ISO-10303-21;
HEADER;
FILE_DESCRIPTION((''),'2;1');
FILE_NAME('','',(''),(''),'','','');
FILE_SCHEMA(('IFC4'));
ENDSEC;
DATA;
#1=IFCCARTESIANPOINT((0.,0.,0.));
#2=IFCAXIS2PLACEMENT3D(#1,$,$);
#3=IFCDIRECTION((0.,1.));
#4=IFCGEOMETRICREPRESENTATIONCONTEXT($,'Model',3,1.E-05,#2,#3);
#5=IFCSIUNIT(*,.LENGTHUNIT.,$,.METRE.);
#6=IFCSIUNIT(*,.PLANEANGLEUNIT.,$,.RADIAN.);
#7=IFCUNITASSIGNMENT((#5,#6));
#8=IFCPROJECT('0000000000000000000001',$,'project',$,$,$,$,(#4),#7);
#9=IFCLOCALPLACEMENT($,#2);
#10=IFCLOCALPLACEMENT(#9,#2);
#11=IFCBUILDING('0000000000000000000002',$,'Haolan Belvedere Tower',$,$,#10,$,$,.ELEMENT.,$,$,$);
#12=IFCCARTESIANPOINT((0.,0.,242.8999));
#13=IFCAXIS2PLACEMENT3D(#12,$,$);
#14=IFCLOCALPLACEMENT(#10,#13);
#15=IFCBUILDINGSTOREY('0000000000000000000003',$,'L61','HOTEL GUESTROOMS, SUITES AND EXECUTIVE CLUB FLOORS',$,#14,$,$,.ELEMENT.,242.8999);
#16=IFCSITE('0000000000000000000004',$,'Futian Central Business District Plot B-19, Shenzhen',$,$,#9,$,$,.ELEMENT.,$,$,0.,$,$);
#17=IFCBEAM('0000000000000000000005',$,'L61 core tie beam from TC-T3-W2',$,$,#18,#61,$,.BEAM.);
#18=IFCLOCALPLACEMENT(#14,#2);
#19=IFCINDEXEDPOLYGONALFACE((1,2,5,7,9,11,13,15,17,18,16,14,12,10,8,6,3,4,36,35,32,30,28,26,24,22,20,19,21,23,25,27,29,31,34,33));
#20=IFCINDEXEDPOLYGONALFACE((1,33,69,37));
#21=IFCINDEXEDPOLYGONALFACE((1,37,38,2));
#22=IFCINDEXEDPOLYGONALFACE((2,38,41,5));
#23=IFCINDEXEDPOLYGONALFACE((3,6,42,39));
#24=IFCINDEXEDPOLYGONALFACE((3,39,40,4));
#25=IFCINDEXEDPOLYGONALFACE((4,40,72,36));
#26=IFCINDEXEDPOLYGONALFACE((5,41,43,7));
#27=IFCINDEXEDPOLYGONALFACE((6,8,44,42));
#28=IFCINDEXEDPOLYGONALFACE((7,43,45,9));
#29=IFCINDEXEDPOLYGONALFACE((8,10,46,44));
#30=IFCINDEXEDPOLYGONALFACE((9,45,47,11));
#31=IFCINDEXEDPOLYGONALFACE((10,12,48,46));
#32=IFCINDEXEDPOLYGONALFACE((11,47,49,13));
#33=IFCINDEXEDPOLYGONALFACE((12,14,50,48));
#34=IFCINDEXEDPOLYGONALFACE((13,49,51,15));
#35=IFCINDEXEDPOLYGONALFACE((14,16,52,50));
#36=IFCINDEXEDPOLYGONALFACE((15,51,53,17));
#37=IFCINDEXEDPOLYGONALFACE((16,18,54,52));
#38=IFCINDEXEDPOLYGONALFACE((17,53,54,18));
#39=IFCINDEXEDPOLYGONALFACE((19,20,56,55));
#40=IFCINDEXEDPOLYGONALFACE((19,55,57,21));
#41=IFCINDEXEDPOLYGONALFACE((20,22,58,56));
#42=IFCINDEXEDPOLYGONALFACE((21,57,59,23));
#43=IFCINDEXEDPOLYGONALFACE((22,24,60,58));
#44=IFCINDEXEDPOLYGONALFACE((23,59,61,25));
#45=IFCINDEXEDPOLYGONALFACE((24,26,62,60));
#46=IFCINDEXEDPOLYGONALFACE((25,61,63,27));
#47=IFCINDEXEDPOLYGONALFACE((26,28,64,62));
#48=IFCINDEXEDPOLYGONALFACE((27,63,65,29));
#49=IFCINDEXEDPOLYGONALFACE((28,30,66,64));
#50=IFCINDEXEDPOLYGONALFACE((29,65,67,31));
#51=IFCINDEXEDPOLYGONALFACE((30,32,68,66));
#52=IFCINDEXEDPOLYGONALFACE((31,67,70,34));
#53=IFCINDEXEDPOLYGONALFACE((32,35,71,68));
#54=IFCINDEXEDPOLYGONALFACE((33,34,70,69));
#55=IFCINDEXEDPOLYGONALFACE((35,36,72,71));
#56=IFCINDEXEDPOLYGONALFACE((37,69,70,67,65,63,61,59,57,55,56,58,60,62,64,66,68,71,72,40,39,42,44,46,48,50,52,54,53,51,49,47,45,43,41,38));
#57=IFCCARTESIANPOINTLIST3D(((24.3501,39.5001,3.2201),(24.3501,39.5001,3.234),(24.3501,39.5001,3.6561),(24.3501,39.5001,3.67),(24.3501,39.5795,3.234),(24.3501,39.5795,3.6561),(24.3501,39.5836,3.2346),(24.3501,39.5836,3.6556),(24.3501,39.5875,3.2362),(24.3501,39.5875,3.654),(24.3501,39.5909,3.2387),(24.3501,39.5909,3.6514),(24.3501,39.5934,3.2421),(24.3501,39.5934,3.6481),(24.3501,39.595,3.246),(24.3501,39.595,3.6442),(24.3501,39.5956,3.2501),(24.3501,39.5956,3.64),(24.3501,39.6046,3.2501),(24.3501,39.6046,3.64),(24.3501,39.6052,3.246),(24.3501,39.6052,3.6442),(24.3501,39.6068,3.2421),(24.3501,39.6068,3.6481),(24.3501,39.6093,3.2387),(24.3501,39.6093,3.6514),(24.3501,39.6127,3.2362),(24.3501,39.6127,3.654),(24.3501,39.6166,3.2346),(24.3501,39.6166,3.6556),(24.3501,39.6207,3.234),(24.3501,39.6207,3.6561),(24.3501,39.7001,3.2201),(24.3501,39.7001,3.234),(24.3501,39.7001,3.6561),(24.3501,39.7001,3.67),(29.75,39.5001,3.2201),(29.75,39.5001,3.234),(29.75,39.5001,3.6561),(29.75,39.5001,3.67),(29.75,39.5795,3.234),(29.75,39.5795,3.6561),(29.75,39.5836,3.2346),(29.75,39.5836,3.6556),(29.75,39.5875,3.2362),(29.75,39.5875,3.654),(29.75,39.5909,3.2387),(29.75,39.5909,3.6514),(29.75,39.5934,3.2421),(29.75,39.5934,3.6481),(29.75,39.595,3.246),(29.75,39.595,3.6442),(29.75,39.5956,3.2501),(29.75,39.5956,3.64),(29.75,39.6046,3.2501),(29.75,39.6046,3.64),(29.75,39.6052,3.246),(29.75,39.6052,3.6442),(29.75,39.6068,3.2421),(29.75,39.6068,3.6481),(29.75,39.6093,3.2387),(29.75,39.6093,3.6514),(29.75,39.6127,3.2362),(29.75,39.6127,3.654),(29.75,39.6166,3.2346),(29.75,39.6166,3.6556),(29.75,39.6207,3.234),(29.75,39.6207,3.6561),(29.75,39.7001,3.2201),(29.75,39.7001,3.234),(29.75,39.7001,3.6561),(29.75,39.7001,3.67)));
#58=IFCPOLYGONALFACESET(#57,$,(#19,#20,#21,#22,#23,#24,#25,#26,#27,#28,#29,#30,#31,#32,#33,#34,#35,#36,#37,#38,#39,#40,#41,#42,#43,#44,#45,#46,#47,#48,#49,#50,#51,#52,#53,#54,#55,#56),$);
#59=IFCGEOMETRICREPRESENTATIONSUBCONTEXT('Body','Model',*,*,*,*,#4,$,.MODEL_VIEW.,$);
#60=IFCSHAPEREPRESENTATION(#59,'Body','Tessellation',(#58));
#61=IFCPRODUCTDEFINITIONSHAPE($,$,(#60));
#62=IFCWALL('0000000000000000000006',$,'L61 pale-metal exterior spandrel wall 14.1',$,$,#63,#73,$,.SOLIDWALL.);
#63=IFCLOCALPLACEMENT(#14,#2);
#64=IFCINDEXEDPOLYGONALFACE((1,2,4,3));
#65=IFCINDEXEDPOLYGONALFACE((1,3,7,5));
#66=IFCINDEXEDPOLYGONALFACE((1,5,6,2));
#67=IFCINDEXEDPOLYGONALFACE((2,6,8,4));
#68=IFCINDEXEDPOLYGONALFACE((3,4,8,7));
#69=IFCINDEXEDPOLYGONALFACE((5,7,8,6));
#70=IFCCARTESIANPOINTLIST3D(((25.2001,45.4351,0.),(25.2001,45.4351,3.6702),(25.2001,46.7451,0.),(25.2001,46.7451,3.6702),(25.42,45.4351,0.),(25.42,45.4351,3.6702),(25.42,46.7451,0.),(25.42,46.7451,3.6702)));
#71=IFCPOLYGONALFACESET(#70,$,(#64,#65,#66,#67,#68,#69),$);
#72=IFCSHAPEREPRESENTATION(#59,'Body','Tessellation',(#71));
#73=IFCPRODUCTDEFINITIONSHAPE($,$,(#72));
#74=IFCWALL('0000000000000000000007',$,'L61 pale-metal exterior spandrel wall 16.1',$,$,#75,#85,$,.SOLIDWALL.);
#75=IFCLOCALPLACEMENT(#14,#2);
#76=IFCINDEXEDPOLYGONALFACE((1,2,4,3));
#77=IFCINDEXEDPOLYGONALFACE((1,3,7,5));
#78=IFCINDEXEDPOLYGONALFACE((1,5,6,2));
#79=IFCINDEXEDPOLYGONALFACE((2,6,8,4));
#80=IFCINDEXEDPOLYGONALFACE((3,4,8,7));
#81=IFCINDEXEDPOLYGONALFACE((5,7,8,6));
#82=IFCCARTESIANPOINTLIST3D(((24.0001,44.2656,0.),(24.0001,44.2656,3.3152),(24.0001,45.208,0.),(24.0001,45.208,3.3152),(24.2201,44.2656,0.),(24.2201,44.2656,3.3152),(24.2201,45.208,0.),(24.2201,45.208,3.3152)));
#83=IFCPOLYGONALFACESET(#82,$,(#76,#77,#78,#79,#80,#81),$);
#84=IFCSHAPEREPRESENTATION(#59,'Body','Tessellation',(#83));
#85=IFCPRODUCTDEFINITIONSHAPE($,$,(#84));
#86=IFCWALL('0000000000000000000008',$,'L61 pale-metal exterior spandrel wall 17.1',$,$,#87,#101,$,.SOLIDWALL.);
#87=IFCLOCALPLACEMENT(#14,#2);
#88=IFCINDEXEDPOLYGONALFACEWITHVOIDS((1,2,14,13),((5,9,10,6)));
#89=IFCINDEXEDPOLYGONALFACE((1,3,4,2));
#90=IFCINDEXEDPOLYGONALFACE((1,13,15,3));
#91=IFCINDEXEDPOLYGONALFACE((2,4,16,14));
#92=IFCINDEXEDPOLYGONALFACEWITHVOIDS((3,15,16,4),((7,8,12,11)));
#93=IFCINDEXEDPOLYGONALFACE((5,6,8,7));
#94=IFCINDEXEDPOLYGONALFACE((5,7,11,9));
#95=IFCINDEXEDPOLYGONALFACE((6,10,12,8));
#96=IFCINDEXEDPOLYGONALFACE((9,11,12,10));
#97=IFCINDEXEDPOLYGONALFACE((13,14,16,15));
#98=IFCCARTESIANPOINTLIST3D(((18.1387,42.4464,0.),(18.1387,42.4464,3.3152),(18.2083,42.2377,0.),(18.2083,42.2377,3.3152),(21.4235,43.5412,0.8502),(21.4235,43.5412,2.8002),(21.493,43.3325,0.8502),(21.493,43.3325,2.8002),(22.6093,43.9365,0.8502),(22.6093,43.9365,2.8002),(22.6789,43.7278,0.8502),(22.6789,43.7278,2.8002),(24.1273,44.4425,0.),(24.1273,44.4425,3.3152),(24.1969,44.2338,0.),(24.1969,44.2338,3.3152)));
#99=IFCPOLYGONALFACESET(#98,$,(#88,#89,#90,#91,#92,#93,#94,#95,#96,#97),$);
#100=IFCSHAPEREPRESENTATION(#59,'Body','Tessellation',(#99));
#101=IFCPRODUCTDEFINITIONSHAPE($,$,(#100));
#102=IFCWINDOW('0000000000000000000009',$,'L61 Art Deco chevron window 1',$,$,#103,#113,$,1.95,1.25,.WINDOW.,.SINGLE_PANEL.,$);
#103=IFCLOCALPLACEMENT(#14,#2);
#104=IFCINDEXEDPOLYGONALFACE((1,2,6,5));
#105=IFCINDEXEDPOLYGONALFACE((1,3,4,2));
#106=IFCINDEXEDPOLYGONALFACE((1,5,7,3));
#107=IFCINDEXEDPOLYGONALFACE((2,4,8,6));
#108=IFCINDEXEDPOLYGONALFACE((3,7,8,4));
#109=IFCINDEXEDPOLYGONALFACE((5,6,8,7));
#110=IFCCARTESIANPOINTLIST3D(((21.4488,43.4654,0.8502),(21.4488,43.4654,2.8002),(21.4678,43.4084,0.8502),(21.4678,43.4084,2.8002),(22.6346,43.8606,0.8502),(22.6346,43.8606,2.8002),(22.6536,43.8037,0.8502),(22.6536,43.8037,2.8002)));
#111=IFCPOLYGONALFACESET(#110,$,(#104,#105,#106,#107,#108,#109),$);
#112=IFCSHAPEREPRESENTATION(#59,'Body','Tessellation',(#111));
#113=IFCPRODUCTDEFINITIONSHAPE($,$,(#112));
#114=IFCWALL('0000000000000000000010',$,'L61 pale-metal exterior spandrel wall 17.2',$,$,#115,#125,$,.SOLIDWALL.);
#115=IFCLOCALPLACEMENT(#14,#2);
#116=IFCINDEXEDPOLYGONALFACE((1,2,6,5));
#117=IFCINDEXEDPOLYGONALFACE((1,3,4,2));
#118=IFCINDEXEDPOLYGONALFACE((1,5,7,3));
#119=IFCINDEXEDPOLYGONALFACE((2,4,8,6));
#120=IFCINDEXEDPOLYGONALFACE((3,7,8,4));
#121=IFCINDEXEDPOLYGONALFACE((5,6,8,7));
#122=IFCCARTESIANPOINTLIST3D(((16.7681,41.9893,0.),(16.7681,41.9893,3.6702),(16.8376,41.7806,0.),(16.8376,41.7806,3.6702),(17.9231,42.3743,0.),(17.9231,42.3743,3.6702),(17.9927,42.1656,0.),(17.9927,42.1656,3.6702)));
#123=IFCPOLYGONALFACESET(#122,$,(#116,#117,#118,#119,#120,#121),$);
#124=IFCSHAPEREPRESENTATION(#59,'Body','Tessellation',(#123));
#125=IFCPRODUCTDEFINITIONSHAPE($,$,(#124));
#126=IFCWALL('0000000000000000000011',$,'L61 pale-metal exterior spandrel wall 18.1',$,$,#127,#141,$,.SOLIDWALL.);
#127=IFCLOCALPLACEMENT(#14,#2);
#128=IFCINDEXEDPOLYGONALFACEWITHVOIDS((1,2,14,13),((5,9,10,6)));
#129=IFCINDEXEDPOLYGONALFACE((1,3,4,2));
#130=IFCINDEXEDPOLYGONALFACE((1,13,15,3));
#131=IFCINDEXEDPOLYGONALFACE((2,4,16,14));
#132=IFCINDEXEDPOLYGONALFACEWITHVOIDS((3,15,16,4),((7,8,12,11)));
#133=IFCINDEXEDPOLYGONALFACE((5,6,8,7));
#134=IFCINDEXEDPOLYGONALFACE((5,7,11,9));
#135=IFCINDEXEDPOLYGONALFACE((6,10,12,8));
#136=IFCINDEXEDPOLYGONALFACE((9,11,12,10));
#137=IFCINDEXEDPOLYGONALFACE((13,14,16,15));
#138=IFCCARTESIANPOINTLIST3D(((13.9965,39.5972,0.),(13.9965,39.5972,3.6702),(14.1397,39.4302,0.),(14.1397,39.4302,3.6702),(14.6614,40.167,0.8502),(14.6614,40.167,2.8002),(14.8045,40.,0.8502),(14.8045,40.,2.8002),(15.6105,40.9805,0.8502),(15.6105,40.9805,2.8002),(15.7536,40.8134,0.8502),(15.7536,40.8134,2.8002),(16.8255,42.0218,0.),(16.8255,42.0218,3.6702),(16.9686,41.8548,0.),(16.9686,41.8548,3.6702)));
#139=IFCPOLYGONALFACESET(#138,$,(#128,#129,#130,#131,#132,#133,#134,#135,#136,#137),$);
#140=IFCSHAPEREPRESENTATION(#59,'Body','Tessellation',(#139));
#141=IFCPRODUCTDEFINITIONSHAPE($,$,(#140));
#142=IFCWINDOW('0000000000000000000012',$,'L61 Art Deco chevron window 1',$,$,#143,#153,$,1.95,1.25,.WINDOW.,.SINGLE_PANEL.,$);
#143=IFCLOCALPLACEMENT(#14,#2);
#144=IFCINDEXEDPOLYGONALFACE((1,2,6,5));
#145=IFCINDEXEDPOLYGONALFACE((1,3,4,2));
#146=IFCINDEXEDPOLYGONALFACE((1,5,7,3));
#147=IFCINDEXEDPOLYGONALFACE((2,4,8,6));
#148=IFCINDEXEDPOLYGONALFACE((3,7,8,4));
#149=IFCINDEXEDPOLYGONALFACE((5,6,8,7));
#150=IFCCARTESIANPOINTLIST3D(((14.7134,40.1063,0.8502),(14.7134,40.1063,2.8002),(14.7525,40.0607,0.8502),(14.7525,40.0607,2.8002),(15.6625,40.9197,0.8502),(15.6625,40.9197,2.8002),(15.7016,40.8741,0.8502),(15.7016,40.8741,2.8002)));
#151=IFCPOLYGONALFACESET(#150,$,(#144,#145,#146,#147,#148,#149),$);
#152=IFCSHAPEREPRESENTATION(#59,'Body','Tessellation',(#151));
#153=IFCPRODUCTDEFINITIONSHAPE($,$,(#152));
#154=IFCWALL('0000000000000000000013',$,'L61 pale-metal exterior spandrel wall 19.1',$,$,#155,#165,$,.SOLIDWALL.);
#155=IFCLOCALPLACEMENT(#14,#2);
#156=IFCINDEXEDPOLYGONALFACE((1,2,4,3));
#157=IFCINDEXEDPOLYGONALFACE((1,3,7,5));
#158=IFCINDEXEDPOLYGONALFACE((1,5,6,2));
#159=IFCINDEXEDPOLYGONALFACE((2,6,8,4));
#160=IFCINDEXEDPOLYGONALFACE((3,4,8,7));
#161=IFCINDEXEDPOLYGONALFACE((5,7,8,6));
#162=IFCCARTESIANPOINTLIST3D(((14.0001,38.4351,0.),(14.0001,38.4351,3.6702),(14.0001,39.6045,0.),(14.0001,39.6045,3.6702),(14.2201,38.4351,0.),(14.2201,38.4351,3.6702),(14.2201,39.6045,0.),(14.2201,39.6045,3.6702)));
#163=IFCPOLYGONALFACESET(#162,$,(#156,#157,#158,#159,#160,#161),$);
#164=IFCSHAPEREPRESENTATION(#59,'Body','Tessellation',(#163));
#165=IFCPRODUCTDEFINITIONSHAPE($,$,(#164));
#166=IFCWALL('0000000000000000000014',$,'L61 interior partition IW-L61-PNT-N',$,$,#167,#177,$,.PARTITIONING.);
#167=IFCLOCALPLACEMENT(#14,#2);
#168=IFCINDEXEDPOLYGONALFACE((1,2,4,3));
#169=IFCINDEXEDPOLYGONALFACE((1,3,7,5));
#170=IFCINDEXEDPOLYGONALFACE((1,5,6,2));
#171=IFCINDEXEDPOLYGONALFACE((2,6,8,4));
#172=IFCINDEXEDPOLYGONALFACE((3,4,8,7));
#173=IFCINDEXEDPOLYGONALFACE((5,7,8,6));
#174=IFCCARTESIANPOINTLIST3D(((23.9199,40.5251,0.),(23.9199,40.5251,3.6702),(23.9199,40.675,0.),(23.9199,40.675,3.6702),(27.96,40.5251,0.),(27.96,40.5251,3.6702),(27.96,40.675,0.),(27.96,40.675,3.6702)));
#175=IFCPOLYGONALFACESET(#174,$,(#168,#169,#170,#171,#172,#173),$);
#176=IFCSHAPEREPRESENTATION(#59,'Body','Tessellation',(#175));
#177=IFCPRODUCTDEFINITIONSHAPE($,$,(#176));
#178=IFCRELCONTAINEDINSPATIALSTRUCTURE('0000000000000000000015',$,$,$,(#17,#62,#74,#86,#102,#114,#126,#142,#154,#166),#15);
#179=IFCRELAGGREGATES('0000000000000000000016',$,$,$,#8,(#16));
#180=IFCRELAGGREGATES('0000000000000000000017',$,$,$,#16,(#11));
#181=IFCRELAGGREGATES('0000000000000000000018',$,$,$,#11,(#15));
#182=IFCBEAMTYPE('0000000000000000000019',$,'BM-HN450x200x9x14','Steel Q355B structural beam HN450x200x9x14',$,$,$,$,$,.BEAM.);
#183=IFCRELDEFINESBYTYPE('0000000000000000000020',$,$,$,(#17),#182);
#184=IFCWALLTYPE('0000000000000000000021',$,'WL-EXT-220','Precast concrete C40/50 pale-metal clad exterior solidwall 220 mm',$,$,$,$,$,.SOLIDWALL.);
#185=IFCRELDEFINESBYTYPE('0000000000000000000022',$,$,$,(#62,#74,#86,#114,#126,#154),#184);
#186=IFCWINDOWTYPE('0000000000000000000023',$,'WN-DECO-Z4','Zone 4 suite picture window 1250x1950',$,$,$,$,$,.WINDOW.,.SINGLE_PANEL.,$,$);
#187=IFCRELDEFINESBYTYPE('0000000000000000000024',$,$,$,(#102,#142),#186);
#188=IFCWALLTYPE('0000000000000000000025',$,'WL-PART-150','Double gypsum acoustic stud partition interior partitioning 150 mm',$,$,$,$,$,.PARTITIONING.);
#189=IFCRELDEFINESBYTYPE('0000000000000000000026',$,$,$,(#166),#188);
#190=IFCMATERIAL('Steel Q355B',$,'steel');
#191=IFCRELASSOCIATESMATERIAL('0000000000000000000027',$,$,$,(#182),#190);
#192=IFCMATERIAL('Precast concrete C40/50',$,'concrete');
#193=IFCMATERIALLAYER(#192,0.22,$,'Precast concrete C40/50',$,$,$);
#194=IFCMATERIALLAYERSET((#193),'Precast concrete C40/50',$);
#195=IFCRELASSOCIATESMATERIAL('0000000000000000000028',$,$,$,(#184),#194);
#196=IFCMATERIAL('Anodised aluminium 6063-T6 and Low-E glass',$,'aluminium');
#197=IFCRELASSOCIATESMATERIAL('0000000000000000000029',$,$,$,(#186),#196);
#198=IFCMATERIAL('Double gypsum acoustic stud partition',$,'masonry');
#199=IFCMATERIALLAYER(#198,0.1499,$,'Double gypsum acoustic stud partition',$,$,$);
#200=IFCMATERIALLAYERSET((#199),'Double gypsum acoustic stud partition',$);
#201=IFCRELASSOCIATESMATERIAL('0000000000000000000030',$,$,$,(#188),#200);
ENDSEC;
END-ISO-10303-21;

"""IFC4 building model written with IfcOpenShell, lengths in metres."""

from ifc_helpers import new_model, si_unit, direction, frame, frame_2d, origin, origin_2d, place, context, subcontext, project, spatial, rectangle, i_section, extrude, material, layer, layer_set, material_profile, profile_set, type_object, element, fill, save


model = new_model("IFC4")

# Units and contexts
model_context = context("Model", 3, precision=1e-05, world=origin(), true_north=direction((0.0, 1.0)))
body_context = subcontext(model_context, "Body", "Model", "MODEL_VIEW")
ifc_project = project(units=[si_unit("LENGTHUNIT", "METRE"), si_unit("PLANEANGLEUNIT", "RADIAN")], contexts=[model_context])

# Site, building, storey
site_placement = place(None, origin())
site = spatial("IfcSite", under=ifc_project, at=site_placement, Name="Futian Central Business District Plot B-19, Shenzhen", CompositionType="ELEMENT", RefElevation=0.0)
building_placement = place(site_placement, origin())
building = spatial("IfcBuilding", under=site, at=building_placement, Name="Haolan Belvedere Tower", CompositionType="ELEMENT")
storey_placement = place(building_placement, frame((0.0, 0.0, 242.8999)))
storey = spatial("IfcBuildingStorey", under=building, at=storey_placement, Name="L61", Description="HOTEL GUESTROOMS, SUITES AND EXECUTIVE CLUB FLOORS", CompositionType="ELEMENT", Elevation=242.8999)

# Beam
ifc_material_1 = material(Name="Steel Q355B", Category="steel")
ifc_material_profile_1 = material_profile(ifc_material_1, i_section(OverallWidth=0.2, OverallDepth=0.45, WebThickness=0.009, FlangeThickness=0.0139, FilletRadius=0.0161, at=origin_2d()), Name="Steel Q355B")
ifc_profile_set_1 = profile_set([ifc_material_profile_1], Name="Steel Q355B")
beam_type_1 = type_object("IfcBeamType", Name="BM-HN450x200x9x14", Description="Steel Q355B structural beam HN450x200x9x14", PredefinedType="BEAM", material=ifc_profile_set_1)
beam_1_placement = place(storey_placement, frame((24.3501, 39.6001, 3.4451), z_axis=(1.0, 0.0, 0.0), x_axis=(0.0, 1.0, 0.0)))
element("IfcBeam", 1, at=beam_1_placement, inside=storey, type_object=beam_type_1, Name="L61 core tie beam from TC-T3-W2", PredefinedType="BEAM", context=body_context, shape_type="SweptSolid", body=[
    extrude(i_section(OverallWidth=0.2, OverallDepth=0.45, WebThickness=0.009, FlangeThickness=0.0139, FilletRadius=0.0161, at=origin_2d()), origin(), (0.0, 0.0, 1.0), 5.3999),
])

# Walls
ifc_material_2 = material(Name="Precast concrete C40/50", Category="concrete")
ifc_layer_1 = layer(ifc_material_2, 0.22, Name="Precast concrete C40/50")
ifc_layer_set_1 = layer_set([ifc_layer_1], Name="Precast concrete C40/50")
wall_type_1 = type_object("IfcWallType", Name="WL-EXT-220", Description="Precast concrete C40/50 pale-metal clad exterior solidwall 220 mm", PredefinedType="SOLIDWALL", material=ifc_layer_set_1)
wall_1_placement = place(storey_placement, frame((25.3101, 46.7451, 0.0), z_axis=(0.0, 0.0, 1.0), x_axis=(0.0, -1.0, 0.0)))
element("IfcWall", 2, at=wall_1_placement, inside=storey, type_object=wall_type_1, Name="L61 pale-metal exterior spandrel wall 14.1", PredefinedType="SOLIDWALL", context=body_context, shape_type="SweptSolid", body=[
    extrude(rectangle(XDim=1.3101, YDim=0.22, at=frame_2d((0.655, 0.0))), origin(), (0.0, 0.0, 1.0), 3.6702),
])
wall_2_placement = place(storey_placement, frame((24.1101, 45.208, 0.0), z_axis=(0.0, 0.0, 1.0), x_axis=(0.0, -1.0, 0.0)))
element("IfcWall", 3, at=wall_2_placement, inside=storey, type_object=wall_type_1, Name="L61 pale-metal exterior spandrel wall 16.1", PredefinedType="SOLIDWALL", context=body_context, shape_type="SweptSolid", body=[
    extrude(rectangle(XDim=0.9424, YDim=0.22, at=frame_2d((0.4712, 0.0))), origin(), (0.0, 0.0, 1.0), 3.3152),
])

# Wall, opening, window
wall_3_placement = place(storey_placement, frame((24.1621, 44.3381, 0.0), z_axis=(0.0, 0.0, 1.0), x_axis=(-0.948687, -0.316216, 0.0)))
wall_3 = element("IfcWall", 4, at=wall_3_placement, inside=storey, type_object=wall_type_1, Name="L61 pale-metal exterior spandrel wall 17.1", PredefinedType="SOLIDWALL", context=body_context, shape_type="SweptSolid", body=[
    extrude(rectangle(XDim=6.3125, YDim=0.22, at=frame_2d((3.1562, 0.0))), origin(), (0.0, 0.0, 1.0), 3.3152),
])
opening_1_placement = place(wall_3_placement, frame((1.6001, 0.0, 0.8501)))
opening_1 = element("IfcOpeningElement", 5, at=opening_1_placement, cuts=wall_3, PredefinedType="OPENING", context=body_context, shape_type="SweptSolid", body=[
    extrude(rectangle(XDim=1.25, YDim=1.95, at=frame_2d((0.625, 0.9751))), frame((0.0, 0.1199, 0.0), z_axis=(0.0, -1.0, 0.0), x_axis=(1.0, 0.0, 0.0)), (0.0, 0.0, 1.0), 0.24),
])
ifc_material_3 = material(Name="Anodised aluminium 6063-T6 and Low-E glass", Category="aluminium")
window_type = type_object("IfcWindowType", Name="WN-DECO-Z4", Description="Zone 4 suite picture window 1250x1950", PartitioningType="SINGLE_PANEL", PredefinedType="WINDOW", material=ifc_material_3)
window_1_placement = place(opening_1_placement, origin())
window_1 = element("IfcWindow", 6, at=window_1_placement, inside=storey, type_object=window_type, Name="L61 Art Deco chevron window 1", OverallHeight=1.95, OverallWidth=1.25, PartitioningType="SINGLE_PANEL", PredefinedType="WINDOW", context=body_context, shape_type="SweptSolid", body=[
    extrude(rectangle(XDim=1.25, YDim=1.95, at=frame_2d((0.625, 0.9751))), frame((0.0, 0.03, 0.0), z_axis=(0.0, -1.0, 0.0), x_axis=(1.0, 0.0, 0.0)), (0.0, 0.0, 1.0), 0.0601),
])
fill(opening_1, window_1)

# Wall
wall_4_placement = place(storey_placement, frame((17.958, 42.27, 0.0), z_axis=(0.0, 0.0, 1.0), x_axis=(-0.948683, -0.316228, 0.0)))
element("IfcWall", 7, at=wall_4_placement, inside=storey, type_object=wall_type_1, Name="L61 pale-metal exterior spandrel wall 17.2", PredefinedType="SOLIDWALL", context=body_context, shape_type="SweptSolid", body=[
    extrude(rectangle(XDim=1.2175, YDim=0.22, at=frame_2d((0.6089, 0.0))), origin(), (0.0, 0.0, 1.0), 3.6702),
])

# Wall, opening, window
wall_5_placement = place(storey_placement, frame((16.897, 41.9382, 0.0), z_axis=(0.0, 0.0, 1.0), x_axis=(-0.75928, -0.650764, 0.0)))
wall_5 = element("IfcWall", 8, at=wall_5_placement, inside=storey, type_object=wall_type_1, Name="L61 pale-metal exterior spandrel wall 18.1", PredefinedType="SOLIDWALL", context=body_context, shape_type="SweptSolid", body=[
    extrude(rectangle(XDim=3.7258, YDim=0.22, at=frame_2d((1.8628, 0.0))), origin(), (0.0, 0.0, 1.0), 3.6702),
])
opening_2_placement = place(wall_5_placement, frame((1.6001, 0.0, 0.8501)))
opening_2 = element("IfcOpeningElement", 9, at=opening_2_placement, cuts=wall_5, PredefinedType="OPENING", context=body_context, shape_type="SweptSolid", body=[
    extrude(rectangle(XDim=1.25, YDim=1.95, at=frame_2d((0.625, 0.9751))), frame((0.0, 0.1199, 0.0), z_axis=(0.0, -1.0, 0.0), x_axis=(1.0, 0.0, 0.0)), (0.0, 0.0, 1.0), 0.24),
])
window_2_placement = place(opening_2_placement, origin())
window_2 = element("IfcWindow", 10, at=window_2_placement, inside=storey, type_object=window_type, Name="L61 Art Deco chevron window 1", OverallHeight=1.95, OverallWidth=1.25, PartitioningType="SINGLE_PANEL", PredefinedType="WINDOW", context=body_context, shape_type="SweptSolid", body=[
    extrude(rectangle(XDim=1.25, YDim=1.95, at=frame_2d((0.625, 0.9751))), frame((0.0, 0.03, 0.0), z_axis=(0.0, -1.0, 0.0), x_axis=(1.0, 0.0, 0.0)), (0.0, 0.0, 1.0), 0.0601),
])
fill(opening_2, window_2)

# Walls
wall_6_placement = place(storey_placement, frame((14.1101, 39.6045, 0.0), z_axis=(0.0, 0.0, 1.0), x_axis=(0.0, -1.0, 0.0)))
element("IfcWall", 11, at=wall_6_placement, inside=storey, type_object=wall_type_1, Name="L61 pale-metal exterior spandrel wall 19.1", PredefinedType="SOLIDWALL", context=body_context, shape_type="SweptSolid", body=[
    extrude(rectangle(XDim=1.1694, YDim=0.22, at=frame_2d((0.5847, 0.0))), origin(), (0.0, 0.0, 1.0), 3.6702),
])
ifc_material_4 = material(Name="Double gypsum acoustic stud partition", Category="masonry")
ifc_layer_2 = layer(ifc_material_4, 0.1499, Name="Double gypsum acoustic stud partition")
ifc_layer_set_2 = layer_set([ifc_layer_2], Name="Double gypsum acoustic stud partition")
wall_type_2 = type_object("IfcWallType", Name="WL-PART-150", Description="Double gypsum acoustic stud partition interior partitioning 150 mm", PredefinedType="PARTITIONING", material=ifc_layer_set_2)
for number, where, z_axis, x_axis, name in (
    (12, (23.9199, 40.6001, 0.0), (0.0, 0.0, 1.0), (1.0, 0.0, 0.0), "L61 interior partition IW-L61-PNT-N"),
):
    element("IfcWall", number, at=place(storey_placement, frame(where, z_axis=z_axis, x_axis=x_axis)), inside=storey, type_object=wall_type_2, Name=name, PredefinedType="PARTITIONING", context=body_context, shape_type="SweptSolid", body=[
        extrude(rectangle(XDim=4.04, YDim=0.1499, at=frame_2d((2.02, 0.0))), origin(), (0.0, 0.0, 1.0), 3.6702),
    ])

save(model, "model.ifc")
